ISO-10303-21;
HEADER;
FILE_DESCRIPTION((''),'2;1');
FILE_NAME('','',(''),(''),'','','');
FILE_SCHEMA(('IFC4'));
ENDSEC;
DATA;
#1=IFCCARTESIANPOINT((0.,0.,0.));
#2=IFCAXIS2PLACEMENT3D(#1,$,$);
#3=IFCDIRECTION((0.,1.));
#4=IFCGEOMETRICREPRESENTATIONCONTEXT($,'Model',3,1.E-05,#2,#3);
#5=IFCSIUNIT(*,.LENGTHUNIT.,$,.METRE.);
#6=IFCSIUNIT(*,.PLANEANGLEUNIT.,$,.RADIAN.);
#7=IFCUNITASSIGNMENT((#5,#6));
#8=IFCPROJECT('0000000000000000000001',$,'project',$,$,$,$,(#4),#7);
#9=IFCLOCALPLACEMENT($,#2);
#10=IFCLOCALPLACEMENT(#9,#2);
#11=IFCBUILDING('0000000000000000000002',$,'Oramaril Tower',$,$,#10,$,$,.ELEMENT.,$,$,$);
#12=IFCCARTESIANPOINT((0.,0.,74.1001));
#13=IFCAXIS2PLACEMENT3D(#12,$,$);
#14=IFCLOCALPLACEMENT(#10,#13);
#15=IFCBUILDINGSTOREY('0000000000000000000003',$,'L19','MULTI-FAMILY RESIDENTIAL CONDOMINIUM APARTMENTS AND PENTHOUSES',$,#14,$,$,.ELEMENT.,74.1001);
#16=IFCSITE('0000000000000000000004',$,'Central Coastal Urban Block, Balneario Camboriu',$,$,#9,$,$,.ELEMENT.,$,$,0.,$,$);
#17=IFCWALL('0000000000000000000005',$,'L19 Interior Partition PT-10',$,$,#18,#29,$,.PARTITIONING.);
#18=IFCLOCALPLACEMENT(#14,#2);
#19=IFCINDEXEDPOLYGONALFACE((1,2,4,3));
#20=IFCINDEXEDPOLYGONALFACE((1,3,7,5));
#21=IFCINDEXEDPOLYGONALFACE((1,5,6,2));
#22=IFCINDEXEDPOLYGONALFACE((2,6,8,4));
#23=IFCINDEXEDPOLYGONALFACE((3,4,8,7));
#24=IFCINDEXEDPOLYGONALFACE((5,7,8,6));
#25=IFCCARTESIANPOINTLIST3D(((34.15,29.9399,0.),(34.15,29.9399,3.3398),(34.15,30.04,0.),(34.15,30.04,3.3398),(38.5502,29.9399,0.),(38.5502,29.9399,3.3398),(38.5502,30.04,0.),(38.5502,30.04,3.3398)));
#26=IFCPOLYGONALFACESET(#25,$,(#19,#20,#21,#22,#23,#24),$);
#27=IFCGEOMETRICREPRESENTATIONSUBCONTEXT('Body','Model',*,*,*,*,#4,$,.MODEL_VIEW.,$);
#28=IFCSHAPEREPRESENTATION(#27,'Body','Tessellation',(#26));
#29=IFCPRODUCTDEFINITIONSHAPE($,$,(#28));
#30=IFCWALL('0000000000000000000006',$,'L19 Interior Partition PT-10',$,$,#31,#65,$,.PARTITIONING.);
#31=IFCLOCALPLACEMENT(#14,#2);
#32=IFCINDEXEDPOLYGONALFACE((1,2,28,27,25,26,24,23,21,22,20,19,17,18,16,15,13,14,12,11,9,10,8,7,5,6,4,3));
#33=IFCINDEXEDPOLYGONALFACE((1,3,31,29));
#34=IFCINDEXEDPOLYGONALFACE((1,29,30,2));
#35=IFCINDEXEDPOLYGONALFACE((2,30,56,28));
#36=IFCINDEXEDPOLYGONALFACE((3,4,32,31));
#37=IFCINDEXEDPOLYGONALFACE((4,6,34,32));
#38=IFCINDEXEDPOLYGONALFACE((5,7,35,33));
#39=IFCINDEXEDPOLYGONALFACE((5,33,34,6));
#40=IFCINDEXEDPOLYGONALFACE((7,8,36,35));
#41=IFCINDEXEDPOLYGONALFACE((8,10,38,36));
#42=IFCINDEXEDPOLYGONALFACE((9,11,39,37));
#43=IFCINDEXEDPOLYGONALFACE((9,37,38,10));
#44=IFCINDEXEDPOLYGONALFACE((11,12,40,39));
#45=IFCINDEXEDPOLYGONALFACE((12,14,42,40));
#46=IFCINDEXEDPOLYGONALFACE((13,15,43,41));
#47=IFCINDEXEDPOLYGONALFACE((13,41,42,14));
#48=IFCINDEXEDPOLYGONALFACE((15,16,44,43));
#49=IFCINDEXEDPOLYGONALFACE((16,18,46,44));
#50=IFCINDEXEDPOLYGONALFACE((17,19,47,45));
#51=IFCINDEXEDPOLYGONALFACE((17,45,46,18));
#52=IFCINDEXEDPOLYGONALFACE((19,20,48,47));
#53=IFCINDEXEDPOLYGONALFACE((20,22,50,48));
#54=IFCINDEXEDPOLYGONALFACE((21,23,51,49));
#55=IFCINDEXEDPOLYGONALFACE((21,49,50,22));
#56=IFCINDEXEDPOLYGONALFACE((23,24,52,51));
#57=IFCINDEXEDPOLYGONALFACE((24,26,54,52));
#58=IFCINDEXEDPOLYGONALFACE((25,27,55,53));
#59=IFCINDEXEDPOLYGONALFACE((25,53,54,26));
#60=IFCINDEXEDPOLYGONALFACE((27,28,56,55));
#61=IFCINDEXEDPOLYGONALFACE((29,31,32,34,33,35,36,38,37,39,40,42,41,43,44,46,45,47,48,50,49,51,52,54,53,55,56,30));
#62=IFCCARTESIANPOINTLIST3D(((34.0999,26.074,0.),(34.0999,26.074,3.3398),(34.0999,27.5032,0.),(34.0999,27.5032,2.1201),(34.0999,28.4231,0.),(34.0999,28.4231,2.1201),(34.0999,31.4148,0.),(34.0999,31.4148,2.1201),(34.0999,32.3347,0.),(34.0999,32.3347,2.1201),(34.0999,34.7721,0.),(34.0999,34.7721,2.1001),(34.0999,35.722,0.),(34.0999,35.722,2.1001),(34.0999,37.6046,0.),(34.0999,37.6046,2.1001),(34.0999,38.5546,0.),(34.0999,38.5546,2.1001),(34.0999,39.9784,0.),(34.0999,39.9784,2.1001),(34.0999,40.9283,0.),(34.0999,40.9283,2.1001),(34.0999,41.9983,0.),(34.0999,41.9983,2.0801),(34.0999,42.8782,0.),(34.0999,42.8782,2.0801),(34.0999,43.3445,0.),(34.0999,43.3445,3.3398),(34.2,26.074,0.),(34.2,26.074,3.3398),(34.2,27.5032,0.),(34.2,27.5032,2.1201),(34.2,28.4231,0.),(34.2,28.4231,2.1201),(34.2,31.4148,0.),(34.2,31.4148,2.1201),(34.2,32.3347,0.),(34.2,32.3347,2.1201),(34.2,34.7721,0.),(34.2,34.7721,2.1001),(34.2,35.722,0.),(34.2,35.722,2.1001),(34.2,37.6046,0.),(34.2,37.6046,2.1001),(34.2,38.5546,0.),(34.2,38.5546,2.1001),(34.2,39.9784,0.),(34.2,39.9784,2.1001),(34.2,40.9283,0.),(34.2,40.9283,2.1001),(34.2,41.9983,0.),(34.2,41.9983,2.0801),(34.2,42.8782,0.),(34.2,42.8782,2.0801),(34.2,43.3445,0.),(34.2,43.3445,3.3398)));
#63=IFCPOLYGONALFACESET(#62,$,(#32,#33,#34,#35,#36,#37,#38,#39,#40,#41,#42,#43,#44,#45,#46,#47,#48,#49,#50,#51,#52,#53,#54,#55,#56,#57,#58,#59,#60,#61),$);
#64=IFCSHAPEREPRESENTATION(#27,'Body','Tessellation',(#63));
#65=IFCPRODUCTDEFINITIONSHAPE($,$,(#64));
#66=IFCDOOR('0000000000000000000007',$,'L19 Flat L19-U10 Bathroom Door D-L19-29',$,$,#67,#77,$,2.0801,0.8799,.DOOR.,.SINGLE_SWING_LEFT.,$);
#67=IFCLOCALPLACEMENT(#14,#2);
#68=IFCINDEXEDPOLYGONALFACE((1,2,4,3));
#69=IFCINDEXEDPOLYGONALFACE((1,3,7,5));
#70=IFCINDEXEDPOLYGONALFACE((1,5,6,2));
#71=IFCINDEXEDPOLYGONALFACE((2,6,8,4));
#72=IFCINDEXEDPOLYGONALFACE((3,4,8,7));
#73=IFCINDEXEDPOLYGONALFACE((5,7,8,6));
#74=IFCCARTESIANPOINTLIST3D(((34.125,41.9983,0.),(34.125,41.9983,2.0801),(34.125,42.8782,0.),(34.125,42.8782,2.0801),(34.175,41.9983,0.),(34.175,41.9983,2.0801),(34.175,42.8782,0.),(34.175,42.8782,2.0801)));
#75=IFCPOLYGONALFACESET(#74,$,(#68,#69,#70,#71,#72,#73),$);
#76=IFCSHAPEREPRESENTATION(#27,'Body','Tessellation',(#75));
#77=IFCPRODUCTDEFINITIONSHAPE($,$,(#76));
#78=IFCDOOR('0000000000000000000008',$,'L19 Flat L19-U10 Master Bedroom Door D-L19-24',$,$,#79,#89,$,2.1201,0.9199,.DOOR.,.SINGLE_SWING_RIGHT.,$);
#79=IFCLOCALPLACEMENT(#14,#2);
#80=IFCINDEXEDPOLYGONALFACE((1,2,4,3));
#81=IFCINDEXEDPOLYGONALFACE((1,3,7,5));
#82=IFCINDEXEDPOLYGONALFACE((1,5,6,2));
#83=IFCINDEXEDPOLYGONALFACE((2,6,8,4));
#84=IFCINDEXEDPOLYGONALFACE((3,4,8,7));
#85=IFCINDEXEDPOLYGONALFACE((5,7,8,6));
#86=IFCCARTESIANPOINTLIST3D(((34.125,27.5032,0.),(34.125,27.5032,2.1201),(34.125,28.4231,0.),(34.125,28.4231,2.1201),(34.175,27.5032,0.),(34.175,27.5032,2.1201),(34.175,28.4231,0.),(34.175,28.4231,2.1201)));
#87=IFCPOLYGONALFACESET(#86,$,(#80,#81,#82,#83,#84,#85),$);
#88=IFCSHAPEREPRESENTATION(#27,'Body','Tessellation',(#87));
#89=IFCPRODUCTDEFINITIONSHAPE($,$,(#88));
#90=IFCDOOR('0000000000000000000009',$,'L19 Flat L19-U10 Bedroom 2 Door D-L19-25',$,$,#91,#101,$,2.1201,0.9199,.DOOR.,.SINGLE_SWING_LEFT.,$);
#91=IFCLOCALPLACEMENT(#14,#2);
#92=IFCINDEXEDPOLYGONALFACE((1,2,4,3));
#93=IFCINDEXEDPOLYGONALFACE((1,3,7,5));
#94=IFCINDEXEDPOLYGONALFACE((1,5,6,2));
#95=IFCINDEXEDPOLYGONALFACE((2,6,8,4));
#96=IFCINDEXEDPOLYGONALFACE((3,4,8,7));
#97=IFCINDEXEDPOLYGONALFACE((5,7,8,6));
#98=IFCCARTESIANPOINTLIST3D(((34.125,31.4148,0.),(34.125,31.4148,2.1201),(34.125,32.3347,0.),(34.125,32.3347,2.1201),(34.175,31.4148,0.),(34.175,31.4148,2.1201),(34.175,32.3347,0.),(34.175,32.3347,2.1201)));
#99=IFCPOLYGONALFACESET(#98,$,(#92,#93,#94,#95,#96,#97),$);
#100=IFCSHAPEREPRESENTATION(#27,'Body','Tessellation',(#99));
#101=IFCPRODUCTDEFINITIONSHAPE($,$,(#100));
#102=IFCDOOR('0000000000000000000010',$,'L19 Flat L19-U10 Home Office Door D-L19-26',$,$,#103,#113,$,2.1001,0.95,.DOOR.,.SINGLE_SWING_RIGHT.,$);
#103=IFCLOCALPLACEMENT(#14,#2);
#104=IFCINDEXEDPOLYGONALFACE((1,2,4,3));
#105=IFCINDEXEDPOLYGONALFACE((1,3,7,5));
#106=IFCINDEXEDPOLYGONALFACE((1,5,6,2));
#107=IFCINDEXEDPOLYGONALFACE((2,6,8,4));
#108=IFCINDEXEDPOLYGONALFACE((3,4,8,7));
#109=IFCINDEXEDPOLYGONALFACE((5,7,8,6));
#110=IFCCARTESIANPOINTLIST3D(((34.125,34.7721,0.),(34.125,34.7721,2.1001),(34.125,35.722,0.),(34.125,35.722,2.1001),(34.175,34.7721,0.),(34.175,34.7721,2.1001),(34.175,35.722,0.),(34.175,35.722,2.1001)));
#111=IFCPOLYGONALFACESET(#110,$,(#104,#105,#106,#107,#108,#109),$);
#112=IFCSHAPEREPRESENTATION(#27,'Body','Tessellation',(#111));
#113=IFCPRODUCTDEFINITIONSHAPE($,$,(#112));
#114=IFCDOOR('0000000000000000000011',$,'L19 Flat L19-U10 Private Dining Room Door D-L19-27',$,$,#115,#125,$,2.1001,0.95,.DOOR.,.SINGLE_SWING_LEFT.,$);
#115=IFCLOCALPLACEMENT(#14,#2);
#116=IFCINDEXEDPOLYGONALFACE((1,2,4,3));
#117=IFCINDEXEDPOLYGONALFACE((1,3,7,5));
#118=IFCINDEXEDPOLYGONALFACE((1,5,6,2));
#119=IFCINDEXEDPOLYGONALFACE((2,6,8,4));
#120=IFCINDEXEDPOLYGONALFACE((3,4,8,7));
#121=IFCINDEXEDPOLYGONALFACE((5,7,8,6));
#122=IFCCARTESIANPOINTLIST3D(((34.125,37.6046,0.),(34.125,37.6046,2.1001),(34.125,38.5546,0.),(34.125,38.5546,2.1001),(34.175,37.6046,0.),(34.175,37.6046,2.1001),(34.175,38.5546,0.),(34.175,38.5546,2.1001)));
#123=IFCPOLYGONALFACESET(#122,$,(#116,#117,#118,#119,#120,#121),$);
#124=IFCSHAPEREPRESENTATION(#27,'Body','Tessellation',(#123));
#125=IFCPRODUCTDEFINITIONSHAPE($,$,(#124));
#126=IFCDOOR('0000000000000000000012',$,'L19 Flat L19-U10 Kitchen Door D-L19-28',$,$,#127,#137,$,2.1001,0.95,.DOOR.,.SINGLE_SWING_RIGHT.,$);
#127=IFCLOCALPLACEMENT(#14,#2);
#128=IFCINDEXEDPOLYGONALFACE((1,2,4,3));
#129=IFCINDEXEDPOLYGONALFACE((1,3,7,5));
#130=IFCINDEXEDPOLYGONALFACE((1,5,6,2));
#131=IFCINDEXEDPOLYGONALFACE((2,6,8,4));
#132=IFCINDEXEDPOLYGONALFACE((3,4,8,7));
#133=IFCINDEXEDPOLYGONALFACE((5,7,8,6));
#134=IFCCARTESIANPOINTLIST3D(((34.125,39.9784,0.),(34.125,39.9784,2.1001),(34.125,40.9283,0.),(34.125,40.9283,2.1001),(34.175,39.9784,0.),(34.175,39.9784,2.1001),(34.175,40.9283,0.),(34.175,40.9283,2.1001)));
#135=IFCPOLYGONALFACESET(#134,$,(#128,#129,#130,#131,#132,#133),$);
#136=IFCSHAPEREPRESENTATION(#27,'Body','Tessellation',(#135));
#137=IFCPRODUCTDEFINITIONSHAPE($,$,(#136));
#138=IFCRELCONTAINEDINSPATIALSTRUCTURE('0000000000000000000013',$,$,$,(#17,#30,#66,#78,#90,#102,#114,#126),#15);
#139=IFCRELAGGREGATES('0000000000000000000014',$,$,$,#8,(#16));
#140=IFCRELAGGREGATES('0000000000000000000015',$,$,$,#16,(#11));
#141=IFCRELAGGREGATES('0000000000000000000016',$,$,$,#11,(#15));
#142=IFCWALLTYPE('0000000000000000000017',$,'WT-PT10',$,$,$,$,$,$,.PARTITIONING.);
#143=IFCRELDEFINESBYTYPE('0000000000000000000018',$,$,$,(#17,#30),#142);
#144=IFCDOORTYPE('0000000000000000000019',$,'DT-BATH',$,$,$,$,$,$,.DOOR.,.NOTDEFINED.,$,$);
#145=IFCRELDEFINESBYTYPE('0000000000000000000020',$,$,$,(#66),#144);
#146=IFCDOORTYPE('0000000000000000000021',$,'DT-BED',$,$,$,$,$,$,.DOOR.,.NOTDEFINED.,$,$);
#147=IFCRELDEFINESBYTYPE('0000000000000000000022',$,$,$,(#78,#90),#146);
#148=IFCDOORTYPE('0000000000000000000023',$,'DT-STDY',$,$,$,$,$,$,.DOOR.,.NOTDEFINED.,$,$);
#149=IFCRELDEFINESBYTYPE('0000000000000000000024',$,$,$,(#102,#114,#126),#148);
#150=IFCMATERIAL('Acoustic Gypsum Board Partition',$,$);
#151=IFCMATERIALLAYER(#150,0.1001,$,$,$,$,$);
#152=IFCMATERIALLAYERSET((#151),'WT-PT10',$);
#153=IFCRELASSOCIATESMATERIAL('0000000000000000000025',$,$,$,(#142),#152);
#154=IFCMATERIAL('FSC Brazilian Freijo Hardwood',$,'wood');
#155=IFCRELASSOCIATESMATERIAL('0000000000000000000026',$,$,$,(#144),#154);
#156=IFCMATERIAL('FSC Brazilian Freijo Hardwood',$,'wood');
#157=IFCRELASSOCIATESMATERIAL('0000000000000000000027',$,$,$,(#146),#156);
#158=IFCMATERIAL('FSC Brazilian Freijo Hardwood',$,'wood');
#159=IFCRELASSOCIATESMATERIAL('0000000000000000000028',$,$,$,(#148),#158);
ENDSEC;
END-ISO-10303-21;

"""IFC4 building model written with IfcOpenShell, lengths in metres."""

from ifc_helpers import new_model, si_unit, direction, frame, frame_2d, origin, place, context, subcontext, project, spatial, rectangle, extrude, material, layer, layer_set, type_object, element, fill, save


model = new_model("IFC4")

# Units and contexts
model_context = context("Model", 3, precision=1e-05, world=origin(), true_north=direction((0.0, 1.0)))
body_context = subcontext(model_context, "Body", "Model", "MODEL_VIEW")
ifc_project = project(units=[si_unit("LENGTHUNIT", "METRE"), si_unit("PLANEANGLEUNIT", "RADIAN")], contexts=[model_context])

# Site, building, storey
site_placement = place(None, origin())
site = spatial("IfcSite", under=ifc_project, at=site_placement, Name="Central Coastal Urban Block, Balneario Camboriu", CompositionType="ELEMENT", RefElevation=0.0)
building_placement = place(site_placement, origin())
building = spatial("IfcBuilding", under=site, at=building_placement, Name="Oramaril Tower", CompositionType="ELEMENT")
storey_placement = place(building_placement, frame((0.0, 0.0, 74.1001)))
storey = spatial("IfcBuildingStorey", under=building, at=storey_placement, Name="L19", Description="MULTI-FAMILY RESIDENTIAL CONDOMINIUM APARTMENTS AND PENTHOUSES", CompositionType="ELEMENT", Elevation=74.1001)

# Wall
ifc_material_1 = material(Name="Acoustic Gypsum Board Partition")
ifc_layer_1 = layer(ifc_material_1, 0.1001)
ifc_layer_set_1 = layer_set([ifc_layer_1], Name="WT-PT10")
wall_type_1 = type_object("IfcWallType", Name="WT-PT10", PredefinedType="PARTITIONING", material=ifc_layer_set_1)
wall_1_placement = place(storey_placement, frame((34.1499, 29.99, 0.0), z_axis=(0.0, 0.0, 1.0), x_axis=(1.0, 0.0, 0.0)))
element("IfcWall", 1, at=wall_1_placement, inside=storey, type_object=wall_type_1, Name="L19 Interior Partition PT-10", PredefinedType="PARTITIONING", context=body_context, shape_type="SweptSolid", body=[
    extrude(rectangle(XDim=4.4001, YDim=0.1001, at=frame_2d((2.2002, 0.0))), origin(), (0.0, 0.0, 1.0), 3.3398),
])

# Wall, openings, doors
wall_2_placement = place(storey_placement, frame((34.1499, 26.074, 0.0), z_axis=(0.0, 0.0, 1.0), x_axis=(0.0, 1.0, 0.0)))
wall_2 = element("IfcWall", 2, at=wall_2_placement, inside=storey, type_object=wall_type_1, Name="L19 Interior Partition PT-10", PredefinedType="PARTITIONING", context=body_context, shape_type="SweptSolid", body=[
    extrude(rectangle(XDim=17.2705, YDim=0.1001, at=frame_2d((8.6353, 0.0))), origin(), (0.0, 0.0, 1.0), 3.3398),
])
opening_1_placement = place(wall_2_placement, frame((1.4292, 0.0, 0.0)))
opening_1 = element("IfcOpeningElement", 3, at=opening_1_placement, cuts=wall_2, PredefinedType="OPENING", context=body_context, shape_type="SweptSolid", body=[
    extrude(rectangle(XDim=0.9199, YDim=2.1201, at=frame_2d((0.46, 1.0601))), frame((0.0, 0.05, 0.0), z_axis=(0.0, -1.0, 0.0), x_axis=(1.0, 0.0, 0.0)), (0.0, 0.0, 1.0), 0.1001),
])
opening_2_placement = place(wall_2_placement, frame((5.3408, 0.0, 0.0)))
opening_2 = element("IfcOpeningElement", 4, at=opening_2_placement, cuts=wall_2, PredefinedType="OPENING", context=body_context, shape_type="SweptSolid", body=[
    extrude(rectangle(XDim=0.9199, YDim=2.1201, at=frame_2d((0.46, 1.0601))), frame((0.0, 0.05, 0.0), z_axis=(0.0, -1.0, 0.0), x_axis=(1.0, 0.0, 0.0)), (0.0, 0.0, 1.0), 0.1001),
])
opening_3_placement = place(wall_2_placement, frame((8.698, 0.0, 0.0)))
opening_3 = element("IfcOpeningElement", 5, at=opening_3_placement, cuts=wall_2, PredefinedType="OPENING", context=body_context, shape_type="SweptSolid", body=[
    extrude(rectangle(XDim=0.95, YDim=2.1001, at=frame_2d((0.4751, 1.05))), frame((0.0, 0.05, 0.0), z_axis=(0.0, -1.0, 0.0), x_axis=(1.0, 0.0, 0.0)), (0.0, 0.0, 1.0), 0.1001),
])
opening_4_placement = place(wall_2_placement, frame((11.5305, 0.0, 0.0)))
opening_4 = element("IfcOpeningElement", 6, at=opening_4_placement, cuts=wall_2, PredefinedType="OPENING", context=body_context, shape_type="SweptSolid", body=[
    extrude(rectangle(XDim=0.95, YDim=2.1001, at=frame_2d((0.4751, 1.05))), frame((0.0, 0.05, 0.0), z_axis=(0.0, -1.0, 0.0), x_axis=(1.0, 0.0, 0.0)), (0.0, 0.0, 1.0), 0.1001),
])
opening_5_placement = place(wall_2_placement, frame((13.9043, 0.0, 0.0)))
opening_5 = element("IfcOpeningElement", 7, at=opening_5_placement, cuts=wall_2, PredefinedType="OPENING", context=body_context, shape_type="SweptSolid", body=[
    extrude(rectangle(XDim=0.95, YDim=2.1001, at=frame_2d((0.4751, 1.05))), frame((0.0, 0.05, 0.0), z_axis=(0.0, -1.0, 0.0), x_axis=(1.0, 0.0, 0.0)), (0.0, 0.0, 1.0), 0.1001),
])
opening_6_placement = place(wall_2_placement, frame((15.9243, 0.0, 0.0)))
opening_6 = element("IfcOpeningElement", 8, at=opening_6_placement, cuts=wall_2, PredefinedType="OPENING", context=body_context, shape_type="SweptSolid", body=[
    extrude(rectangle(XDim=0.8799, YDim=2.0801, at=frame_2d((0.4399, 1.04))), frame((0.0, 0.05, 0.0), z_axis=(0.0, -1.0, 0.0), x_axis=(1.0, 0.0, 0.0)), (0.0, 0.0, 1.0), 0.1001),
])
ifc_material_2 = material(Name="FSC Brazilian Freijo Hardwood", Category="wood")
door_type_1 = type_object("IfcDoorType", Name="DT-BATH", OperationType="NOTDEFINED", PredefinedType="DOOR", material=ifc_material_2)
door_1_placement = place(opening_6_placement, origin())
door_1 = element("IfcDoor", 9, at=door_1_placement, inside=storey, type_object=door_type_1, Name="L19 Flat L19-U10 Bathroom Door D-L19-29", OperationType="SINGLE_SWING_LEFT", OverallHeight=2.0801, OverallWidth=0.8799, PredefinedType="DOOR", context=body_context, shape_type="SweptSolid", body=[
    extrude(rectangle(XDim=0.8799, YDim=2.0801, at=frame_2d((0.4399, 1.04))), frame((0.0, 0.0249, 0.0), z_axis=(0.0, -1.0, 0.0), x_axis=(1.0, 0.0, 0.0)), (0.0, 0.0, 1.0), 0.05),
])
fill(opening_6, door_1)
ifc_material_3 = material(Name="FSC Brazilian Freijo Hardwood", Category="wood")
door_type_2 = type_object("IfcDoorType", Name="DT-BED", OperationType="NOTDEFINED", PredefinedType="DOOR", material=ifc_material_3)
door_2_placement = place(opening_1_placement, origin())
door_2 = element("IfcDoor", 10, at=door_2_placement, inside=storey, type_object=door_type_2, Name="L19 Flat L19-U10 Master Bedroom Door D-L19-24", OperationType="SINGLE_SWING_RIGHT", OverallHeight=2.1201, OverallWidth=0.9199, PredefinedType="DOOR", context=body_context, shape_type="SweptSolid", body=[
    extrude(rectangle(XDim=0.9199, YDim=2.1201, at=frame_2d((0.46, 1.0601))), frame((0.0, 0.0249, 0.0), z_axis=(0.0, -1.0, 0.0), x_axis=(1.0, 0.0, 0.0)), (0.0, 0.0, 1.0), 0.05),
])
fill(opening_1, door_2)
door_3_placement = place(opening_2_placement, origin())
door_3 = element("IfcDoor", 11, at=door_3_placement, inside=storey, type_object=door_type_2, Name="L19 Flat L19-U10 Bedroom 2 Door D-L19-25", OperationType="SINGLE_SWING_LEFT", OverallHeight=2.1201, OverallWidth=0.9199, PredefinedType="DOOR", context=body_context, shape_type="SweptSolid", body=[
    extrude(rectangle(XDim=0.9199, YDim=2.1201, at=frame_2d((0.46, 1.0601))), frame((0.0, 0.0249, 0.0), z_axis=(0.0, -1.0, 0.0), x_axis=(1.0, 0.0, 0.0)), (0.0, 0.0, 1.0), 0.05),
])
fill(opening_2, door_3)
ifc_material_4 = material(Name="FSC Brazilian Freijo Hardwood", Category="wood")
door_type_3 = type_object("IfcDoorType", Name="DT-STDY", OperationType="NOTDEFINED", PredefinedType="DOOR", material=ifc_material_4)
door_4_placement = place(opening_3_placement, origin())
door_4 = element("IfcDoor", 12, at=door_4_placement, inside=storey, type_object=door_type_3, Name="L19 Flat L19-U10 Home Office Door D-L19-26", OperationType="SINGLE_SWING_RIGHT", OverallHeight=2.1001, OverallWidth=0.95, PredefinedType="DOOR", context=body_context, shape_type="SweptSolid", body=[
    extrude(rectangle(XDim=0.95, YDim=2.1001, at=frame_2d((0.4751, 1.05))), frame((0.0, 0.0249, 0.0), z_axis=(0.0, -1.0, 0.0), x_axis=(1.0, 0.0, 0.0)), (0.0, 0.0, 1.0), 0.05),
])
fill(opening_3, door_4)
door_5_placement = place(opening_4_placement, origin())
door_5 = element("IfcDoor", 13, at=door_5_placement, inside=storey, type_object=door_type_3, Name="L19 Flat L19-U10 Private Dining Room Door D-L19-27", OperationType="SINGLE_SWING_LEFT", OverallHeight=2.1001, OverallWidth=0.95, PredefinedType="DOOR", context=body_context, shape_type="SweptSolid", body=[
    extrude(rectangle(XDim=0.95, YDim=2.1001, at=frame_2d((0.4751, 1.05))), frame((0.0, 0.0249, 0.0), z_axis=(0.0, -1.0, 0.0), x_axis=(1.0, 0.0, 0.0)), (0.0, 0.0, 1.0), 0.05),
])
fill(opening_4, door_5)
door_6_placement = place(opening_5_placement, origin())
door_6 = element("IfcDoor", 14, at=door_6_placement, inside=storey, type_object=door_type_3, Name="L19 Flat L19-U10 Kitchen Door D-L19-28", OperationType="SINGLE_SWING_RIGHT", OverallHeight=2.1001, OverallWidth=0.95, PredefinedType="DOOR", context=body_context, shape_type="SweptSolid", body=[
    extrude(rectangle(XDim=0.95, YDim=2.1001, at=frame_2d((0.4751, 1.05))), frame((0.0, 0.0249, 0.0), z_axis=(0.0, -1.0, 0.0), x_axis=(1.0, 0.0, 0.0)), (0.0, 0.0, 1.0), 0.05),
])
fill(opening_5, door_6)

save(model, "model.ifc")
